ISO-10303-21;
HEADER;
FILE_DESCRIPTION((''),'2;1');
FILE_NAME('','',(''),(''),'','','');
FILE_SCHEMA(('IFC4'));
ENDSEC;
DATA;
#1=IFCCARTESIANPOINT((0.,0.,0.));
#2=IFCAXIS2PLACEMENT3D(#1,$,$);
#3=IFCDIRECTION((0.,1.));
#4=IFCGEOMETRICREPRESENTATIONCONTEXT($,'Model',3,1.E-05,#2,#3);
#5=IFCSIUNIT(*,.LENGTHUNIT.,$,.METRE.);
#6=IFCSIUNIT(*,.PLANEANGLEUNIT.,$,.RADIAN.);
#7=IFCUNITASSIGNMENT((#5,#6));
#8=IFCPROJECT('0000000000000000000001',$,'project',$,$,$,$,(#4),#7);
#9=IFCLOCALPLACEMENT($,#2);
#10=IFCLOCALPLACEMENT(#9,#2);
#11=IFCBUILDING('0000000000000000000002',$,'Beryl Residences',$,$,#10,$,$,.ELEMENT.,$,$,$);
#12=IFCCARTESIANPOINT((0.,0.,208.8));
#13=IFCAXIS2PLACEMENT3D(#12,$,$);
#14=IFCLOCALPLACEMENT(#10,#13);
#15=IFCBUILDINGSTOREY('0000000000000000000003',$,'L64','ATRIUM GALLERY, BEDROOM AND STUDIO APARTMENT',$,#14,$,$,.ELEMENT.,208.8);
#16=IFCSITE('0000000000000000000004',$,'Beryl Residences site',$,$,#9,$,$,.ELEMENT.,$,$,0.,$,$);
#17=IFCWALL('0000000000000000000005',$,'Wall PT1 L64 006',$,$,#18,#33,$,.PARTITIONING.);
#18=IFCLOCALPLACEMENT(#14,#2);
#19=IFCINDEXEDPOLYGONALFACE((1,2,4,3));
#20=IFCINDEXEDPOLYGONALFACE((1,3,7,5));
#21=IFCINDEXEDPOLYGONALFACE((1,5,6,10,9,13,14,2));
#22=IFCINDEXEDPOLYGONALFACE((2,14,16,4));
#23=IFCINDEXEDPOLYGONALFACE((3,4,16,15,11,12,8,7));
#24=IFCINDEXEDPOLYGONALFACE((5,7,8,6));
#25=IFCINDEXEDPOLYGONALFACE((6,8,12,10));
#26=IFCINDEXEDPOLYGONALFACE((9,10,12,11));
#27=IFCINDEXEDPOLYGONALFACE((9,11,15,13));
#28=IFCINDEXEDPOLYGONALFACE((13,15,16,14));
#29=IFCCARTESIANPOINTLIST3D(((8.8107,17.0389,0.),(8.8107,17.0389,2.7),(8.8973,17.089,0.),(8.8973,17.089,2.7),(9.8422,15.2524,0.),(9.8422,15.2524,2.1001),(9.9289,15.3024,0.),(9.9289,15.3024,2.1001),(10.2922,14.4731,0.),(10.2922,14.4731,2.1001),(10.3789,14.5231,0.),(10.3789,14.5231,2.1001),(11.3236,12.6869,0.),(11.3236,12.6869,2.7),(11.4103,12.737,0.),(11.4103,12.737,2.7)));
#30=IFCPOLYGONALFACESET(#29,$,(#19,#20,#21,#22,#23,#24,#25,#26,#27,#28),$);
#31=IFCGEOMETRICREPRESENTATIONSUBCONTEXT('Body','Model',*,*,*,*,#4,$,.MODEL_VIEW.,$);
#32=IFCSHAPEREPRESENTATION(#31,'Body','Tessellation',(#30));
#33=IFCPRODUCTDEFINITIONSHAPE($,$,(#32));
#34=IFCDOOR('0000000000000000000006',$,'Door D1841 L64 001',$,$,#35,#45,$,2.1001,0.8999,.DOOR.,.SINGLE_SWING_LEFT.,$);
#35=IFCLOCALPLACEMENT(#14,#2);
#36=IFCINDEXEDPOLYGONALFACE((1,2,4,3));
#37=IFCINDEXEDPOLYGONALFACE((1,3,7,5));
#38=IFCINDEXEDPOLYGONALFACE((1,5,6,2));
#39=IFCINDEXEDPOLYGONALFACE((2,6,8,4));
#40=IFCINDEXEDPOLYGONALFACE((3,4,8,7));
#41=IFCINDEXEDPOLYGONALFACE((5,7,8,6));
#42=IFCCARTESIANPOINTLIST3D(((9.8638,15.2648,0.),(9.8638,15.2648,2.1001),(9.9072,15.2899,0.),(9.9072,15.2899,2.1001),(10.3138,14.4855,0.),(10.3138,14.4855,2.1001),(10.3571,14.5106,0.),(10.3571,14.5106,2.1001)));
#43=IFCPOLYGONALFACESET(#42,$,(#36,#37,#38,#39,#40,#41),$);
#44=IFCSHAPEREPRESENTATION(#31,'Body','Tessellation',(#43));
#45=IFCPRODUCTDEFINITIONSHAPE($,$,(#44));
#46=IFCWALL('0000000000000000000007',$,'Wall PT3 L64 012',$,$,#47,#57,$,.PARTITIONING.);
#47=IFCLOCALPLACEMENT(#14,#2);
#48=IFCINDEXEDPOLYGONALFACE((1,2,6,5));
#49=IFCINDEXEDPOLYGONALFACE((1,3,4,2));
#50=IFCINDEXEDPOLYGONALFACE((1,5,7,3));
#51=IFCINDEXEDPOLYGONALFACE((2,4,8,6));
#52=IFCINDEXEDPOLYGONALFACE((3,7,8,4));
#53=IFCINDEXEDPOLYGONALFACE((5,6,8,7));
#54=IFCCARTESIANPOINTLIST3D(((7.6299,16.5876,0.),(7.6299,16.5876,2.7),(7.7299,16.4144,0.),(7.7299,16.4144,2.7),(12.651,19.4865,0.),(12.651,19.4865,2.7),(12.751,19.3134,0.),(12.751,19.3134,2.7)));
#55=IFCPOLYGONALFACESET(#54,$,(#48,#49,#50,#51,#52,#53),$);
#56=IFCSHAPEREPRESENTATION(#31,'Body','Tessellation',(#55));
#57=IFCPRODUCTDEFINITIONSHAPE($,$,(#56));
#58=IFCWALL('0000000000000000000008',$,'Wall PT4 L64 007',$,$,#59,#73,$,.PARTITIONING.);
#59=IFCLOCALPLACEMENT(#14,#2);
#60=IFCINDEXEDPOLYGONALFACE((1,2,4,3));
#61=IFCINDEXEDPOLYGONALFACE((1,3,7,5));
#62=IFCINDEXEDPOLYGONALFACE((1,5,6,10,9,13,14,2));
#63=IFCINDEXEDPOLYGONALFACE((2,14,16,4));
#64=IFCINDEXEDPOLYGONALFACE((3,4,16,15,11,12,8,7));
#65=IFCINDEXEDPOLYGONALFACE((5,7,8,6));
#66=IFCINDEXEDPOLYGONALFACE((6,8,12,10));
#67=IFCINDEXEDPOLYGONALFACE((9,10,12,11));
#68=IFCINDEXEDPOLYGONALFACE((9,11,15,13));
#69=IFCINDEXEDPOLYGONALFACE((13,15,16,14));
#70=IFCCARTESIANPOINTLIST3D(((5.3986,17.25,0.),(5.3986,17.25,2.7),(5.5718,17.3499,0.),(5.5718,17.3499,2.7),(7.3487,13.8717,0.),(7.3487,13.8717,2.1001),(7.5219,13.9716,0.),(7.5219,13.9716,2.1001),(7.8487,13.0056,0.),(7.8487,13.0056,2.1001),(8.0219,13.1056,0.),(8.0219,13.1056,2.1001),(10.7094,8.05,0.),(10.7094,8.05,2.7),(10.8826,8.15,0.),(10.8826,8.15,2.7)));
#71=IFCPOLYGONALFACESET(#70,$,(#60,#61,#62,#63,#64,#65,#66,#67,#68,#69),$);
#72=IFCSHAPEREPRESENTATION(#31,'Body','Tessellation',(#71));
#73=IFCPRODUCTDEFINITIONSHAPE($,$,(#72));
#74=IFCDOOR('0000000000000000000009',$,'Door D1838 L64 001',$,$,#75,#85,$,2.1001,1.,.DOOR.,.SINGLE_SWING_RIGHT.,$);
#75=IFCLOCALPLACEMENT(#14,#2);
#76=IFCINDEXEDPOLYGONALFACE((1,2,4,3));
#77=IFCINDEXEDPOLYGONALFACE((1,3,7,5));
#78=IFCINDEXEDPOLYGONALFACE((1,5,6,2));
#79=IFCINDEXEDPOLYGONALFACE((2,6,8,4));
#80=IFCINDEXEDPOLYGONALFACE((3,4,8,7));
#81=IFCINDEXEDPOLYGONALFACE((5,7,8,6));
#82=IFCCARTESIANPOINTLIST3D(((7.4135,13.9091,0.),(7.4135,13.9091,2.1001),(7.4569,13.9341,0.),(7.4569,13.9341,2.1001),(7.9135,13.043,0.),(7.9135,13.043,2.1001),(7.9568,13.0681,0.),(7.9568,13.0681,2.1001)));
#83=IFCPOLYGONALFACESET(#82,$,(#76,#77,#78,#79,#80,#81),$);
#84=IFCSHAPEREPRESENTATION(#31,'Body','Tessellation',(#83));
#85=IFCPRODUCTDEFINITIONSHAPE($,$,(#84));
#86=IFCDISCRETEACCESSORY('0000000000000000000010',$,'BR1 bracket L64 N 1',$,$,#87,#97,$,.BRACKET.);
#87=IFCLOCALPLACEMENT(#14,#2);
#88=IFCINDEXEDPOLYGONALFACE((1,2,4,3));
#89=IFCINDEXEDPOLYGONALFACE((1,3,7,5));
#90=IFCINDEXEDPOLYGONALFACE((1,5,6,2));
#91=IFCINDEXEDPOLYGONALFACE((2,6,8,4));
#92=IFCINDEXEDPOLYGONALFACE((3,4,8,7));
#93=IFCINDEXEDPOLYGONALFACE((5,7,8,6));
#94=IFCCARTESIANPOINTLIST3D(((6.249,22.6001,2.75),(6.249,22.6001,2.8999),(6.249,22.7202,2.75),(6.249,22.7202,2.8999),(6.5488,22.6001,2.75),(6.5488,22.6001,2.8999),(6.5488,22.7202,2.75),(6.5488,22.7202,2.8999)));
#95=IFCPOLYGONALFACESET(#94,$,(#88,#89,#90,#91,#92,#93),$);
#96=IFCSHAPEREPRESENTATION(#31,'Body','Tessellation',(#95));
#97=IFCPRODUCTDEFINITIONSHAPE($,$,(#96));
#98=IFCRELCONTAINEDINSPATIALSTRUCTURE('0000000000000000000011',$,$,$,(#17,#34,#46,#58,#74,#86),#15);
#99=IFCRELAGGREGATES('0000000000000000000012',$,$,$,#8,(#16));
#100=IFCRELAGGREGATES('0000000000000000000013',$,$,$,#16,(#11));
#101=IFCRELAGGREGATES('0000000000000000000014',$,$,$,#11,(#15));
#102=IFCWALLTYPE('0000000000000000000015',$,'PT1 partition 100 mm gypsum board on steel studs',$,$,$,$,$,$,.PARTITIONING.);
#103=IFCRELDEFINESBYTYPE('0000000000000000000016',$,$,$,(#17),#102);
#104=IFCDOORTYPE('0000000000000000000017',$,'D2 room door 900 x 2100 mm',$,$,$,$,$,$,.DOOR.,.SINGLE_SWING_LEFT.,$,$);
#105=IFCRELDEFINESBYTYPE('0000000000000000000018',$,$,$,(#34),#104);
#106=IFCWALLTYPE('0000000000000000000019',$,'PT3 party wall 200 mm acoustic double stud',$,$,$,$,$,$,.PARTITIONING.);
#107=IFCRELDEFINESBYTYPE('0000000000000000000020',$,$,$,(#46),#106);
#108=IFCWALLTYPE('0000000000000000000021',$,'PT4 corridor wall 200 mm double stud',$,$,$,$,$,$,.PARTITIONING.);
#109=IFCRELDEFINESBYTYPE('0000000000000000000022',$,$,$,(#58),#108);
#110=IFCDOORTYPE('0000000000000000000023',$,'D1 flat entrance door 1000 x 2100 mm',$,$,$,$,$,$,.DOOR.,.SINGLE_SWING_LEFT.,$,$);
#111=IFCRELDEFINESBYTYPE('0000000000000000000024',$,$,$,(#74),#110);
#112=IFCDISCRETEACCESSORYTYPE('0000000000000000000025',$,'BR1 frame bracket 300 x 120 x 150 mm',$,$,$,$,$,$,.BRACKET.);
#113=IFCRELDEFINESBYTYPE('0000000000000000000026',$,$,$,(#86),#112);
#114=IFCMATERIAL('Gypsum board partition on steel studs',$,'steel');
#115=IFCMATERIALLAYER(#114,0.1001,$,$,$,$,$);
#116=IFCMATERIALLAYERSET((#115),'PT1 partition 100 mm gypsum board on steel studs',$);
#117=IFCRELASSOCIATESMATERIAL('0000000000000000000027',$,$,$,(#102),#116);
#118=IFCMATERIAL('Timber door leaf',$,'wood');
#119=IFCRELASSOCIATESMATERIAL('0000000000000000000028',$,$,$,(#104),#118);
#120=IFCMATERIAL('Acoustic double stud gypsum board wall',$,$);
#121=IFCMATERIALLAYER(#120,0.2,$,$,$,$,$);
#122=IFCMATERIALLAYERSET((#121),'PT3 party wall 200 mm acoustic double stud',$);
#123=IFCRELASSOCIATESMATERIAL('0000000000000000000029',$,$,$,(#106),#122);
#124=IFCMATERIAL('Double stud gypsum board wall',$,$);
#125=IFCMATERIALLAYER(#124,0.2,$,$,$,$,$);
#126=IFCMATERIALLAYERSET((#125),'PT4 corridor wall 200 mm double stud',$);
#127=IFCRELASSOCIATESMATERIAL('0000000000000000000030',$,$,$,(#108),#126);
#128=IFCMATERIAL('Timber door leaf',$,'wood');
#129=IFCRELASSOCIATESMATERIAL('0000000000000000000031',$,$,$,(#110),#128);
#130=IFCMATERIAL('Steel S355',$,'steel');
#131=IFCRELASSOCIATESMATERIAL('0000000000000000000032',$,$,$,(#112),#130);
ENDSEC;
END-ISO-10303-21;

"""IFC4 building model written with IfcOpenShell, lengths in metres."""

from ifc_helpers import new_model, si_unit, direction, frame, frame_2d, origin, place, context, subcontext, project, spatial, polyline, rectangle, outline, extrude, source, transform, mapped, material, layer, layer_set, type_object, type_shapes, element, fill, save


model = new_model("IFC4")

# Units and contexts
model_context = context("Model", 3, precision=1e-05, world=origin(), true_north=direction((0.0, 1.0)))
body_context = subcontext(model_context, "Body", "Model", "MODEL_VIEW")
ifc_project = project(units=[si_unit("LENGTHUNIT", "METRE"), si_unit("PLANEANGLEUNIT", "RADIAN")], contexts=[model_context])

# Site, building, storey
site_placement = place(None, origin())
site = spatial("IfcSite", under=ifc_project, at=site_placement, Name="Beryl Residences site", CompositionType="ELEMENT", RefElevation=0.0)
building_placement = place(site_placement, origin())
building = spatial("IfcBuilding", under=site, at=building_placement, Name="Beryl Residences", CompositionType="ELEMENT")
storey_placement = place(building_placement, frame((0.0, 0.0, 208.8)))
storey = spatial("IfcBuildingStorey", under=building, at=storey_placement, Name="L64", Description="ATRIUM GALLERY, BEDROOM AND STUDIO APARTMENT", CompositionType="ELEMENT", Elevation=208.8)

# Shared definitions
ifc_material_1 = material(Name="Gypsum board partition on steel studs", Category="steel")
ifc_layer_1 = layer(ifc_material_1, 0.1001)
ifc_layer_set_1 = layer_set([ifc_layer_1], Name="PT1 partition 100 mm gypsum board on steel studs")
wall_type_1 = type_object("IfcWallType", Name="PT1 partition 100 mm gypsum board on steel studs", PredefinedType="PARTITIONING", material=ifc_layer_set_1)

# Wall, opening, door
wall_1_placement = place(storey_placement, frame((8.854, 17.064, 0.0), z_axis=(0.0, 0.0, 1.0), x_axis=(0.500042, -0.866001, 0.0)))
wall_1 = element("IfcWall", 1, at=wall_1_placement, inside=storey, type_object=wall_type_1, Name="Wall PT1 L64 006", PredefinedType="PARTITIONING", context=body_context, shape_type="SweptSolid", body=[
    extrude(rectangle(XDim=5.0254, YDim=0.1001, at=frame_2d((2.5127, 0.0))), origin(), (0.0, 0.0, 1.0), 2.7),
])
opening_1_placement = place(wall_1_placement, frame((2.063, 0.0, 0.0)))
opening_1 = element("IfcOpeningElement", 2, at=opening_1_placement, cuts=wall_1, PredefinedType="OPENING", context=body_context, shape_type="SweptSolid", body=[
    extrude(rectangle(XDim=0.8999, YDim=2.1001, at=frame_2d((0.45, 1.05))), frame((0.0, 0.0601, 0.0), z_axis=(0.0, -1.0, 0.0), x_axis=(1.0, 0.0, 0.0)), (0.0, 0.0, 1.0), 0.1201),
])
ifc_material_2 = material(Name="Timber door leaf", Category="wood")
door_type_1 = type_object("IfcDoorType", Name="D2 room door 900 x 2100 mm", OperationType="SINGLE_SWING_LEFT", PredefinedType="DOOR", material=ifc_material_2)
door_1_placement = place(opening_1_placement, origin())
door_1 = element("IfcDoor", 3, at=door_1_placement, inside=storey, type_object=door_type_1, Name="Door D1841 L64 001", OperationType="SINGLE_SWING_LEFT", OverallHeight=2.1001, OverallWidth=0.8999, PredefinedType="DOOR", context=body_context, shape_type="SweptSolid", body=[
    extrude(rectangle(XDim=0.8999, YDim=2.1001, at=frame_2d((0.45, 1.05))), frame((0.0, 0.0249, 0.0), z_axis=(0.0, -1.0, 0.0), x_axis=(1.0, 0.0, 0.0)), (0.0, 0.0, 1.0), 0.05),
])
fill(opening_1, door_1)

# Wall
ifc_material_3 = material(Name="Acoustic double stud gypsum board wall")
ifc_layer_2 = layer(ifc_material_3, 0.2)
ifc_layer_set_2 = layer_set([ifc_layer_2], Name="PT3 party wall 200 mm acoustic double stud")
wall_type_2 = type_object("IfcWallType", Name="PT3 party wall 200 mm acoustic double stud", PredefinedType="PARTITIONING", material=ifc_layer_set_2)
wall_2_placement = place(storey_placement, frame((7.6799, 16.501, 0.0), z_axis=(0.0, 0.0, 1.0), x_axis=(0.866021, 0.500007, 0.0)))
element("IfcWall", 4, at=wall_2_placement, inside=storey, type_object=wall_type_2, Name="Wall PT3 L64 012", PredefinedType="PARTITIONING", context=body_context, shape_type="SweptSolid", body=[
    extrude(rectangle(XDim=5.7979, YDim=0.2, at=frame_2d((2.8989, 0.0))), origin(), (0.0, 0.0, 1.0), 2.7),
])

# Wall, opening, door
ifc_material_4 = material(Name="Double stud gypsum board wall")
ifc_layer_3 = layer(ifc_material_4, 0.2)
ifc_layer_set_3 = layer_set([ifc_layer_3], Name="PT4 corridor wall 200 mm double stud")
wall_type_3 = type_object("IfcWallType", Name="PT4 corridor wall 200 mm double stud", PredefinedType="PARTITIONING", material=ifc_layer_set_3)
wall_3_placement = place(storey_placement, frame((5.4851, 17.3, 0.0), z_axis=(0.0, 0.0, 1.0), x_axis=(0.499943, -0.866058, 0.0)))
wall_3 = element("IfcWall", 5, at=wall_3_placement, inside=storey, type_object=wall_type_3, Name="Wall PT4 L64 007", PredefinedType="PARTITIONING", context=body_context, shape_type="SweptSolid", body=[
    extrude(rectangle(XDim=10.6228, YDim=0.2, at=frame_2d((5.3115, 0.0))), origin(), (0.0, 0.0, 1.0), 2.7),
])
opening_2_placement = place(wall_3_placement, frame((3.9009, 0.0, 0.0)))
opening_2 = element("IfcOpeningElement", 6, at=opening_2_placement, cuts=wall_3, PredefinedType="OPENING", context=body_context, shape_type="SweptSolid", body=[
    extrude(rectangle(XDim=1.0, YDim=2.1001, at=frame_2d((0.5, 1.05))), frame((0.0, 0.1099, 0.0), z_axis=(0.0, -1.0, 0.0), x_axis=(1.0, 0.0, 0.0)), (0.0, 0.0, 1.0), 0.22),
])
ifc_material_5 = material(Name="Timber door leaf", Category="wood")
door_type_2 = type_object("IfcDoorType", Name="D1 flat entrance door 1000 x 2100 mm", OperationType="SINGLE_SWING_LEFT", PredefinedType="DOOR", material=ifc_material_5)
door_2_placement = place(opening_2_placement, origin())
door_2 = element("IfcDoor", 7, at=door_2_placement, inside=storey, type_object=door_type_2, Name="Door D1838 L64 001", OperationType="SINGLE_SWING_RIGHT", OverallHeight=2.1001, OverallWidth=1.0, PredefinedType="DOOR", context=body_context, shape_type="SweptSolid", body=[
    extrude(rectangle(XDim=1.0, YDim=2.1001, at=frame_2d((0.5, 1.05))), frame((0.0, 0.0249, 0.0), z_axis=(0.0, -1.0, 0.0), x_axis=(1.0, 0.0, 0.0)), (0.0, 0.0, 1.0), 0.05),
])
fill(opening_2, door_2)

# Discrete accessory
ifc_material_6 = material(Name="Steel S355", Category="steel")
discrete_accessory_type = type_object("IfcDiscreteAccessoryType", Name="BR1 frame bracket 300 x 120 x 150 mm", PredefinedType="BRACKET", material=ifc_material_6)
shared_shape_1 = source(origin(), body_context, "Body", "SweptSolid", [
    extrude(outline(polyline([(-0.1499, 0.0), (0.1499, 0.0), (0.1499, 0.1201), (-0.1499, 0.1201), (-0.1499, 0.0)])), origin(), (0.0, 0.0, 1.0), 0.1499),
])
type_shapes(discrete_accessory_type, [shared_shape_1])
discrete_accessory_placement = place(storey_placement, frame((6.3989, 22.6001, 2.75), z_axis=(0.0, 0.0, 1.0), x_axis=(1.0, 0.0, 0.0)))
element("IfcDiscreteAccessory", 8, at=discrete_accessory_placement, inside=storey, type_object=discrete_accessory_type, Name="BR1 bracket L64 N 1", PredefinedType="BRACKET", context=body_context, shape_type="MappedRepresentation", body=[
    mapped(shared_shape_1, transform((0.0, 0.0, 0.0))),
])

save(model, "model.ifc")
